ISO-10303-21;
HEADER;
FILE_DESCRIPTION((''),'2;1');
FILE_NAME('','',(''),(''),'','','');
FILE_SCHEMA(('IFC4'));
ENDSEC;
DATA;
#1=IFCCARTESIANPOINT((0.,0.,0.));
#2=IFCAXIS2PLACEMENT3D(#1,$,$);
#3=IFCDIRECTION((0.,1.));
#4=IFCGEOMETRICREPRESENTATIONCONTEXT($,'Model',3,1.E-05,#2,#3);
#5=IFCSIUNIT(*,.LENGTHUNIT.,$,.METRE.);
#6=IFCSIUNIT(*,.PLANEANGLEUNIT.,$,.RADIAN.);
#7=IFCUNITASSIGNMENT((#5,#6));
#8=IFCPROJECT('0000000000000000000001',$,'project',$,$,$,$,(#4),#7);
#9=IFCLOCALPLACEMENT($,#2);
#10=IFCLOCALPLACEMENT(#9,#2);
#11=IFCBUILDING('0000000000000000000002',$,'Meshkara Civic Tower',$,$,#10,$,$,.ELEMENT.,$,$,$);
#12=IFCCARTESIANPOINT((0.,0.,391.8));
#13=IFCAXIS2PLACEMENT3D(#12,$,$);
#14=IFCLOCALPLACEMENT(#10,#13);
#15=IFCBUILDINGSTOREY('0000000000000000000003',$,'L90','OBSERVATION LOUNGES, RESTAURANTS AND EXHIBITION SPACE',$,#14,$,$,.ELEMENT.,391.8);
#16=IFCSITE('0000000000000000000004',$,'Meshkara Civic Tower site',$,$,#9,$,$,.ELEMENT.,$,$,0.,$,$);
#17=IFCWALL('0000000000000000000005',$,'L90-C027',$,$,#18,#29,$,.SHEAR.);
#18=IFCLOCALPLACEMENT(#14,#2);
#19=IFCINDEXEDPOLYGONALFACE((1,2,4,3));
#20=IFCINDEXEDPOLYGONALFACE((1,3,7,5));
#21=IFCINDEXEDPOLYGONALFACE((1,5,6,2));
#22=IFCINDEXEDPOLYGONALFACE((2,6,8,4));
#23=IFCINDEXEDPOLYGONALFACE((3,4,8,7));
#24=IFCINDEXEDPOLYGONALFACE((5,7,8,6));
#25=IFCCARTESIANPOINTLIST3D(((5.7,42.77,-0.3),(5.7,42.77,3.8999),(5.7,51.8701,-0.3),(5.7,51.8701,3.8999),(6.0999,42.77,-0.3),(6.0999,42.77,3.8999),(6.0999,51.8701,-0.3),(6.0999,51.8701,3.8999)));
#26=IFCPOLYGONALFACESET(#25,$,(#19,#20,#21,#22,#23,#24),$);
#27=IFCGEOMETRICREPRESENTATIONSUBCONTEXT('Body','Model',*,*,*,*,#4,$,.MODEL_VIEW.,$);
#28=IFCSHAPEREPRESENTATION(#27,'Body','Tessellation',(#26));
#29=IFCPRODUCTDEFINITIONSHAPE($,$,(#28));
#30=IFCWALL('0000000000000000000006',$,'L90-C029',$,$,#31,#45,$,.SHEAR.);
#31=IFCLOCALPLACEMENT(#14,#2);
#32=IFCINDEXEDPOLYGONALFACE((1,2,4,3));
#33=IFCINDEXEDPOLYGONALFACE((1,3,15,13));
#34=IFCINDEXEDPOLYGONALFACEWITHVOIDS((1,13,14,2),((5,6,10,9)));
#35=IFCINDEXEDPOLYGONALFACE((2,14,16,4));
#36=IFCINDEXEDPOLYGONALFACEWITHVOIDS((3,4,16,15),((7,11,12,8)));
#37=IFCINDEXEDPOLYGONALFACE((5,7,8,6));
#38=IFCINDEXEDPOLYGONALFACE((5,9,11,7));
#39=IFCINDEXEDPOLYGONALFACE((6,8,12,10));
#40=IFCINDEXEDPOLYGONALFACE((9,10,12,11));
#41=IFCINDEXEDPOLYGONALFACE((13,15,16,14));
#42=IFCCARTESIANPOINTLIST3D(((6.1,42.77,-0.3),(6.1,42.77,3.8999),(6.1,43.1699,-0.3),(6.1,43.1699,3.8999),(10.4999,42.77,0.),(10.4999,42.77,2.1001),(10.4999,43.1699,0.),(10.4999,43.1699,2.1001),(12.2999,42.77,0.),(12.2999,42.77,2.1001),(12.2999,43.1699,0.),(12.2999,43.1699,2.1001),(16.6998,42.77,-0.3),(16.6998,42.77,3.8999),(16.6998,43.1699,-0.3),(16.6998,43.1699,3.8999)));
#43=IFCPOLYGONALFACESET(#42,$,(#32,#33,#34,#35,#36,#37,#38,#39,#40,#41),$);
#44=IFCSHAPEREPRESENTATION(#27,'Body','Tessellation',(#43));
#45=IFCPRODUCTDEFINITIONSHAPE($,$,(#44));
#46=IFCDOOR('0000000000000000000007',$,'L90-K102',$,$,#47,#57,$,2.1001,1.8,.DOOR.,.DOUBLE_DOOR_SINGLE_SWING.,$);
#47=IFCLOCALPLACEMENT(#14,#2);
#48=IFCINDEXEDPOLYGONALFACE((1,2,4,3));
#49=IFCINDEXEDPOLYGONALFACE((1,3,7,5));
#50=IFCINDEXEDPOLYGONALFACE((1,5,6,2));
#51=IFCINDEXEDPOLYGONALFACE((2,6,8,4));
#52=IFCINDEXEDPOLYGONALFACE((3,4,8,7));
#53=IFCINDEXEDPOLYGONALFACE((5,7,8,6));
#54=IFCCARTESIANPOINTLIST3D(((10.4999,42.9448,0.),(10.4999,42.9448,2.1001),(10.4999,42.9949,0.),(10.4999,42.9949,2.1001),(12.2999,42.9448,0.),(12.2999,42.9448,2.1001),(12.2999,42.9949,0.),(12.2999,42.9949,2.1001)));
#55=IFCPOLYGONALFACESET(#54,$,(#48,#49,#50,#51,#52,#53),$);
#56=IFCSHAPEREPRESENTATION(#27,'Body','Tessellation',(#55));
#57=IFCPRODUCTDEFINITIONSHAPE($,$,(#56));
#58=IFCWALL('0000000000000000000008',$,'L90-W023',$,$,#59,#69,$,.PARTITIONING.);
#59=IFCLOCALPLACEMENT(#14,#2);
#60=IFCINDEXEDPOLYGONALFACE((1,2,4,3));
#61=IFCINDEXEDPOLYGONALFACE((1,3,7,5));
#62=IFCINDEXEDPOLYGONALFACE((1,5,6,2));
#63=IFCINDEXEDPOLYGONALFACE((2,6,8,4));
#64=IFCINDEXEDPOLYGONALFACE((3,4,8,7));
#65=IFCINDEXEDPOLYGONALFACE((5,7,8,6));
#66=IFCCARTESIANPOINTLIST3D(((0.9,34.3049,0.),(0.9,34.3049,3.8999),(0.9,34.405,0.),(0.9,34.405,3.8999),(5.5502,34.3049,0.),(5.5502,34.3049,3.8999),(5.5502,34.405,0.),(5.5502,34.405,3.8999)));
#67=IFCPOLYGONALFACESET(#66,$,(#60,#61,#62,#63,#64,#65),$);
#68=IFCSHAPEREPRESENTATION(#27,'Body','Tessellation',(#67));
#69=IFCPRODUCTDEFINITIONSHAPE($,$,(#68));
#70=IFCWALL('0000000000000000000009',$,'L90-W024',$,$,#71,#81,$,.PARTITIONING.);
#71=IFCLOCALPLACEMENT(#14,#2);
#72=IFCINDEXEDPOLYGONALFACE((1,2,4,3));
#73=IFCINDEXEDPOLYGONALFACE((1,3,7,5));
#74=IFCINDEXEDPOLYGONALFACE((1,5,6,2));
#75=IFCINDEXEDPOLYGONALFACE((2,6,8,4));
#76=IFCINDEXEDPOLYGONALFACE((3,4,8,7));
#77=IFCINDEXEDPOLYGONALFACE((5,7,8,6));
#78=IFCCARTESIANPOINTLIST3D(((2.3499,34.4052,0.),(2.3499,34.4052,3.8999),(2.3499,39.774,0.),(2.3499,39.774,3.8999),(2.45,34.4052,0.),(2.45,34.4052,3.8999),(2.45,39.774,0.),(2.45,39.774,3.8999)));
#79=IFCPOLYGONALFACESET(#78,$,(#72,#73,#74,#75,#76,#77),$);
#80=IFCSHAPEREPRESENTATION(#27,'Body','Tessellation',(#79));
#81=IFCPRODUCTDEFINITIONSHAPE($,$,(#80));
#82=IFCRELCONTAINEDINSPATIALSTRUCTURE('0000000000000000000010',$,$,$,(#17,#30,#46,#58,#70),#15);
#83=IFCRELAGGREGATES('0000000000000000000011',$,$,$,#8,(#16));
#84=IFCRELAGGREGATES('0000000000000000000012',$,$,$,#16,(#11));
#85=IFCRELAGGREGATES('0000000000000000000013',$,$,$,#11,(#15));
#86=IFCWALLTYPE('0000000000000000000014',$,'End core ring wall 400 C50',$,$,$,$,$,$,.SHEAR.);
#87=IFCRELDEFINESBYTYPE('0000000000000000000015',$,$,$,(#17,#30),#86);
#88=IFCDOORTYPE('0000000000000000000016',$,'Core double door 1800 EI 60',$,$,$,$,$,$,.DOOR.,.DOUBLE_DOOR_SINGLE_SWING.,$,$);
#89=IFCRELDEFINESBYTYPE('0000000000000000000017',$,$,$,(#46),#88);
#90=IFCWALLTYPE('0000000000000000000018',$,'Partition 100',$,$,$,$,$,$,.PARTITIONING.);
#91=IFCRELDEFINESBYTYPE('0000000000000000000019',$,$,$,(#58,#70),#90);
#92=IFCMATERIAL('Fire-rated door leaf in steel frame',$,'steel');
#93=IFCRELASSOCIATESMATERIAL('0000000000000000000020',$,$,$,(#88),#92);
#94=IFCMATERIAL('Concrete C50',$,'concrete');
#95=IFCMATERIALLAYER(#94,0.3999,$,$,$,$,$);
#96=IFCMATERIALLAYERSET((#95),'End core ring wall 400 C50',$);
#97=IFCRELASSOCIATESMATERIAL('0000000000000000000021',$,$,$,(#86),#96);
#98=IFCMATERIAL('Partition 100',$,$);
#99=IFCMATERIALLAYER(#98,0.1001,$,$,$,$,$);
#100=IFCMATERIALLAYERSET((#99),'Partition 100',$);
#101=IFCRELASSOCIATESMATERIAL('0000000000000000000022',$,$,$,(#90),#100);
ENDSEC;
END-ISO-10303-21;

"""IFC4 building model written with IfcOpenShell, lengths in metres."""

from ifc_helpers import new_model, si_unit, direction, frame, frame_2d, origin, place, context, subcontext, project, spatial, rectangle, extrude, material, layer, layer_set, type_object, element, fill, save


model = new_model("IFC4")

# Units and contexts
model_context = context("Model", 3, precision=1e-05, world=origin(), true_north=direction((0.0, 1.0)))
body_context = subcontext(model_context, "Body", "Model", "MODEL_VIEW")
ifc_project = project(units=[si_unit("LENGTHUNIT", "METRE"), si_unit("PLANEANGLEUNIT", "RADIAN")], contexts=[model_context])

# Site, building, storey
site_placement = place(None, origin())
site = spatial("IfcSite", under=ifc_project, at=site_placement, Name="Meshkara Civic Tower site", CompositionType="ELEMENT", RefElevation=0.0)
building_placement = place(site_placement, origin())
building = spatial("IfcBuilding", under=site, at=building_placement, Name="Meshkara Civic Tower", CompositionType="ELEMENT")
storey_placement = place(building_placement, frame((0.0, 0.0, 391.8)))
storey = spatial("IfcBuildingStorey", under=building, at=storey_placement, Name="L90", Description="OBSERVATION LOUNGES, RESTAURANTS AND EXHIBITION SPACE", CompositionType="ELEMENT", Elevation=391.8)

# Shared definitions
ifc_material_1 = material(Name="Fire-rated door leaf in steel frame", Category="steel")
door_type_1 = type_object("IfcDoorType", Name="Core double door 1800 EI 60", OperationType="DOUBLE_DOOR_SINGLE_SWING", PredefinedType="DOOR", material=ifc_material_1)

# Wall
ifc_material_2 = material(Name="Concrete C50", Category="concrete")
ifc_layer_1 = layer(ifc_material_2, 0.3999)
ifc_layer_set_1 = layer_set([ifc_layer_1], Name="End core ring wall 400 C50")
wall_type_1 = type_object("IfcWallType", Name="End core ring wall 400 C50", PredefinedType="SHEAR", material=ifc_layer_set_1)
wall_1_placement = place(storey_placement, frame((5.8999, 42.77, -0.3), z_axis=(0.0, 0.0, 1.0), x_axis=(0.0, 1.0, 0.0)))
element("IfcWall", 1, at=wall_1_placement, inside=storey, type_object=wall_type_1, Name="L90-C027", PredefinedType="SHEAR", context=body_context, shape_type="SweptSolid", body=[
    extrude(rectangle(XDim=9.1001, YDim=0.3999, at=frame_2d((4.55, 0.0))), origin(), (0.0, 0.0, 1.0), 4.2),
])

# Wall, opening, door
wall_2_placement = place(storey_placement, frame((6.1001, 42.97, -0.3), z_axis=(0.0, 0.0, 1.0), x_axis=(1.0, 0.0, 0.0)))
wall_2 = element("IfcWall", 2, at=wall_2_placement, inside=storey, type_object=wall_type_1, Name="L90-C029", PredefinedType="SHEAR", context=body_context, shape_type="SweptSolid", body=[
    extrude(rectangle(XDim=10.5999, YDim=0.3999, at=frame_2d((5.2998, 0.0))), origin(), (0.0, 0.0, 1.0), 4.2),
])
opening_1_placement = place(wall_2_placement, frame((4.3999, 0.0, 0.3)))
opening_1 = element("IfcOpeningElement", 3, at=opening_1_placement, cuts=wall_2, PredefinedType="OPENING", context=body_context, shape_type="SweptSolid", body=[
    extrude(rectangle(XDim=1.8, YDim=2.1001, at=frame_2d((0.8999, 1.05))), frame((0.0, 0.21, 0.0), z_axis=(0.0, -1.0, 0.0), x_axis=(1.0, 0.0, 0.0)), (0.0, 0.0, 1.0), 0.4199),
])
door_1_placement = place(opening_1_placement, origin())
door_1 = element("IfcDoor", 4, at=door_1_placement, inside=storey, type_object=door_type_1, Name="L90-K102", OperationType="DOUBLE_DOOR_SINGLE_SWING", OverallHeight=2.1001, OverallWidth=1.8, PredefinedType="DOOR", context=body_context, shape_type="SweptSolid", body=[
    extrude(rectangle(XDim=1.8, YDim=2.1001, at=frame_2d((0.8999, 1.05))), frame((0.0, 0.0249, 0.0), z_axis=(0.0, -1.0, 0.0), x_axis=(1.0, 0.0, 0.0)), (0.0, 0.0, 1.0), 0.05),
])
fill(opening_1, door_1)

# Walls
ifc_material_3 = material(Name="Partition 100")
ifc_layer_2 = layer(ifc_material_3, 0.1001)
ifc_layer_set_2 = layer_set([ifc_layer_2], Name="Partition 100")
wall_type_2 = type_object("IfcWallType", Name="Partition 100", PredefinedType="PARTITIONING", material=ifc_layer_set_2)
wall_3_placement = place(storey_placement, frame((0.8999, 34.355, 0.0), z_axis=(0.0, 0.0, 1.0), x_axis=(1.0, 0.0, 0.0)))
element("IfcWall", 5, at=wall_3_placement, inside=storey, type_object=wall_type_2, Name="L90-W023", PredefinedType="PARTITIONING", context=body_context, shape_type="SweptSolid", body=[
    extrude(rectangle(XDim=4.6501, YDim=0.1001, at=frame_2d((2.3252, 0.0))), origin(), (0.0, 0.0, 1.0), 3.8999),
])
wall_4_placement = place(storey_placement, frame((2.3999, 34.405, 0.0), z_axis=(0.0, 0.0, 1.0), x_axis=(0.0, 1.0, 0.0)))
element("IfcWall", 6, at=wall_4_placement, inside=storey, type_object=wall_type_2, Name="L90-W024", PredefinedType="PARTITIONING", context=body_context, shape_type="SweptSolid", body=[
    extrude(rectangle(XDim=5.3689, YDim=0.1001, at=frame_2d((2.6846, 0.0))), origin(), (0.0, 0.0, 1.0), 3.8999),
])

save(model, "model.ifc")
